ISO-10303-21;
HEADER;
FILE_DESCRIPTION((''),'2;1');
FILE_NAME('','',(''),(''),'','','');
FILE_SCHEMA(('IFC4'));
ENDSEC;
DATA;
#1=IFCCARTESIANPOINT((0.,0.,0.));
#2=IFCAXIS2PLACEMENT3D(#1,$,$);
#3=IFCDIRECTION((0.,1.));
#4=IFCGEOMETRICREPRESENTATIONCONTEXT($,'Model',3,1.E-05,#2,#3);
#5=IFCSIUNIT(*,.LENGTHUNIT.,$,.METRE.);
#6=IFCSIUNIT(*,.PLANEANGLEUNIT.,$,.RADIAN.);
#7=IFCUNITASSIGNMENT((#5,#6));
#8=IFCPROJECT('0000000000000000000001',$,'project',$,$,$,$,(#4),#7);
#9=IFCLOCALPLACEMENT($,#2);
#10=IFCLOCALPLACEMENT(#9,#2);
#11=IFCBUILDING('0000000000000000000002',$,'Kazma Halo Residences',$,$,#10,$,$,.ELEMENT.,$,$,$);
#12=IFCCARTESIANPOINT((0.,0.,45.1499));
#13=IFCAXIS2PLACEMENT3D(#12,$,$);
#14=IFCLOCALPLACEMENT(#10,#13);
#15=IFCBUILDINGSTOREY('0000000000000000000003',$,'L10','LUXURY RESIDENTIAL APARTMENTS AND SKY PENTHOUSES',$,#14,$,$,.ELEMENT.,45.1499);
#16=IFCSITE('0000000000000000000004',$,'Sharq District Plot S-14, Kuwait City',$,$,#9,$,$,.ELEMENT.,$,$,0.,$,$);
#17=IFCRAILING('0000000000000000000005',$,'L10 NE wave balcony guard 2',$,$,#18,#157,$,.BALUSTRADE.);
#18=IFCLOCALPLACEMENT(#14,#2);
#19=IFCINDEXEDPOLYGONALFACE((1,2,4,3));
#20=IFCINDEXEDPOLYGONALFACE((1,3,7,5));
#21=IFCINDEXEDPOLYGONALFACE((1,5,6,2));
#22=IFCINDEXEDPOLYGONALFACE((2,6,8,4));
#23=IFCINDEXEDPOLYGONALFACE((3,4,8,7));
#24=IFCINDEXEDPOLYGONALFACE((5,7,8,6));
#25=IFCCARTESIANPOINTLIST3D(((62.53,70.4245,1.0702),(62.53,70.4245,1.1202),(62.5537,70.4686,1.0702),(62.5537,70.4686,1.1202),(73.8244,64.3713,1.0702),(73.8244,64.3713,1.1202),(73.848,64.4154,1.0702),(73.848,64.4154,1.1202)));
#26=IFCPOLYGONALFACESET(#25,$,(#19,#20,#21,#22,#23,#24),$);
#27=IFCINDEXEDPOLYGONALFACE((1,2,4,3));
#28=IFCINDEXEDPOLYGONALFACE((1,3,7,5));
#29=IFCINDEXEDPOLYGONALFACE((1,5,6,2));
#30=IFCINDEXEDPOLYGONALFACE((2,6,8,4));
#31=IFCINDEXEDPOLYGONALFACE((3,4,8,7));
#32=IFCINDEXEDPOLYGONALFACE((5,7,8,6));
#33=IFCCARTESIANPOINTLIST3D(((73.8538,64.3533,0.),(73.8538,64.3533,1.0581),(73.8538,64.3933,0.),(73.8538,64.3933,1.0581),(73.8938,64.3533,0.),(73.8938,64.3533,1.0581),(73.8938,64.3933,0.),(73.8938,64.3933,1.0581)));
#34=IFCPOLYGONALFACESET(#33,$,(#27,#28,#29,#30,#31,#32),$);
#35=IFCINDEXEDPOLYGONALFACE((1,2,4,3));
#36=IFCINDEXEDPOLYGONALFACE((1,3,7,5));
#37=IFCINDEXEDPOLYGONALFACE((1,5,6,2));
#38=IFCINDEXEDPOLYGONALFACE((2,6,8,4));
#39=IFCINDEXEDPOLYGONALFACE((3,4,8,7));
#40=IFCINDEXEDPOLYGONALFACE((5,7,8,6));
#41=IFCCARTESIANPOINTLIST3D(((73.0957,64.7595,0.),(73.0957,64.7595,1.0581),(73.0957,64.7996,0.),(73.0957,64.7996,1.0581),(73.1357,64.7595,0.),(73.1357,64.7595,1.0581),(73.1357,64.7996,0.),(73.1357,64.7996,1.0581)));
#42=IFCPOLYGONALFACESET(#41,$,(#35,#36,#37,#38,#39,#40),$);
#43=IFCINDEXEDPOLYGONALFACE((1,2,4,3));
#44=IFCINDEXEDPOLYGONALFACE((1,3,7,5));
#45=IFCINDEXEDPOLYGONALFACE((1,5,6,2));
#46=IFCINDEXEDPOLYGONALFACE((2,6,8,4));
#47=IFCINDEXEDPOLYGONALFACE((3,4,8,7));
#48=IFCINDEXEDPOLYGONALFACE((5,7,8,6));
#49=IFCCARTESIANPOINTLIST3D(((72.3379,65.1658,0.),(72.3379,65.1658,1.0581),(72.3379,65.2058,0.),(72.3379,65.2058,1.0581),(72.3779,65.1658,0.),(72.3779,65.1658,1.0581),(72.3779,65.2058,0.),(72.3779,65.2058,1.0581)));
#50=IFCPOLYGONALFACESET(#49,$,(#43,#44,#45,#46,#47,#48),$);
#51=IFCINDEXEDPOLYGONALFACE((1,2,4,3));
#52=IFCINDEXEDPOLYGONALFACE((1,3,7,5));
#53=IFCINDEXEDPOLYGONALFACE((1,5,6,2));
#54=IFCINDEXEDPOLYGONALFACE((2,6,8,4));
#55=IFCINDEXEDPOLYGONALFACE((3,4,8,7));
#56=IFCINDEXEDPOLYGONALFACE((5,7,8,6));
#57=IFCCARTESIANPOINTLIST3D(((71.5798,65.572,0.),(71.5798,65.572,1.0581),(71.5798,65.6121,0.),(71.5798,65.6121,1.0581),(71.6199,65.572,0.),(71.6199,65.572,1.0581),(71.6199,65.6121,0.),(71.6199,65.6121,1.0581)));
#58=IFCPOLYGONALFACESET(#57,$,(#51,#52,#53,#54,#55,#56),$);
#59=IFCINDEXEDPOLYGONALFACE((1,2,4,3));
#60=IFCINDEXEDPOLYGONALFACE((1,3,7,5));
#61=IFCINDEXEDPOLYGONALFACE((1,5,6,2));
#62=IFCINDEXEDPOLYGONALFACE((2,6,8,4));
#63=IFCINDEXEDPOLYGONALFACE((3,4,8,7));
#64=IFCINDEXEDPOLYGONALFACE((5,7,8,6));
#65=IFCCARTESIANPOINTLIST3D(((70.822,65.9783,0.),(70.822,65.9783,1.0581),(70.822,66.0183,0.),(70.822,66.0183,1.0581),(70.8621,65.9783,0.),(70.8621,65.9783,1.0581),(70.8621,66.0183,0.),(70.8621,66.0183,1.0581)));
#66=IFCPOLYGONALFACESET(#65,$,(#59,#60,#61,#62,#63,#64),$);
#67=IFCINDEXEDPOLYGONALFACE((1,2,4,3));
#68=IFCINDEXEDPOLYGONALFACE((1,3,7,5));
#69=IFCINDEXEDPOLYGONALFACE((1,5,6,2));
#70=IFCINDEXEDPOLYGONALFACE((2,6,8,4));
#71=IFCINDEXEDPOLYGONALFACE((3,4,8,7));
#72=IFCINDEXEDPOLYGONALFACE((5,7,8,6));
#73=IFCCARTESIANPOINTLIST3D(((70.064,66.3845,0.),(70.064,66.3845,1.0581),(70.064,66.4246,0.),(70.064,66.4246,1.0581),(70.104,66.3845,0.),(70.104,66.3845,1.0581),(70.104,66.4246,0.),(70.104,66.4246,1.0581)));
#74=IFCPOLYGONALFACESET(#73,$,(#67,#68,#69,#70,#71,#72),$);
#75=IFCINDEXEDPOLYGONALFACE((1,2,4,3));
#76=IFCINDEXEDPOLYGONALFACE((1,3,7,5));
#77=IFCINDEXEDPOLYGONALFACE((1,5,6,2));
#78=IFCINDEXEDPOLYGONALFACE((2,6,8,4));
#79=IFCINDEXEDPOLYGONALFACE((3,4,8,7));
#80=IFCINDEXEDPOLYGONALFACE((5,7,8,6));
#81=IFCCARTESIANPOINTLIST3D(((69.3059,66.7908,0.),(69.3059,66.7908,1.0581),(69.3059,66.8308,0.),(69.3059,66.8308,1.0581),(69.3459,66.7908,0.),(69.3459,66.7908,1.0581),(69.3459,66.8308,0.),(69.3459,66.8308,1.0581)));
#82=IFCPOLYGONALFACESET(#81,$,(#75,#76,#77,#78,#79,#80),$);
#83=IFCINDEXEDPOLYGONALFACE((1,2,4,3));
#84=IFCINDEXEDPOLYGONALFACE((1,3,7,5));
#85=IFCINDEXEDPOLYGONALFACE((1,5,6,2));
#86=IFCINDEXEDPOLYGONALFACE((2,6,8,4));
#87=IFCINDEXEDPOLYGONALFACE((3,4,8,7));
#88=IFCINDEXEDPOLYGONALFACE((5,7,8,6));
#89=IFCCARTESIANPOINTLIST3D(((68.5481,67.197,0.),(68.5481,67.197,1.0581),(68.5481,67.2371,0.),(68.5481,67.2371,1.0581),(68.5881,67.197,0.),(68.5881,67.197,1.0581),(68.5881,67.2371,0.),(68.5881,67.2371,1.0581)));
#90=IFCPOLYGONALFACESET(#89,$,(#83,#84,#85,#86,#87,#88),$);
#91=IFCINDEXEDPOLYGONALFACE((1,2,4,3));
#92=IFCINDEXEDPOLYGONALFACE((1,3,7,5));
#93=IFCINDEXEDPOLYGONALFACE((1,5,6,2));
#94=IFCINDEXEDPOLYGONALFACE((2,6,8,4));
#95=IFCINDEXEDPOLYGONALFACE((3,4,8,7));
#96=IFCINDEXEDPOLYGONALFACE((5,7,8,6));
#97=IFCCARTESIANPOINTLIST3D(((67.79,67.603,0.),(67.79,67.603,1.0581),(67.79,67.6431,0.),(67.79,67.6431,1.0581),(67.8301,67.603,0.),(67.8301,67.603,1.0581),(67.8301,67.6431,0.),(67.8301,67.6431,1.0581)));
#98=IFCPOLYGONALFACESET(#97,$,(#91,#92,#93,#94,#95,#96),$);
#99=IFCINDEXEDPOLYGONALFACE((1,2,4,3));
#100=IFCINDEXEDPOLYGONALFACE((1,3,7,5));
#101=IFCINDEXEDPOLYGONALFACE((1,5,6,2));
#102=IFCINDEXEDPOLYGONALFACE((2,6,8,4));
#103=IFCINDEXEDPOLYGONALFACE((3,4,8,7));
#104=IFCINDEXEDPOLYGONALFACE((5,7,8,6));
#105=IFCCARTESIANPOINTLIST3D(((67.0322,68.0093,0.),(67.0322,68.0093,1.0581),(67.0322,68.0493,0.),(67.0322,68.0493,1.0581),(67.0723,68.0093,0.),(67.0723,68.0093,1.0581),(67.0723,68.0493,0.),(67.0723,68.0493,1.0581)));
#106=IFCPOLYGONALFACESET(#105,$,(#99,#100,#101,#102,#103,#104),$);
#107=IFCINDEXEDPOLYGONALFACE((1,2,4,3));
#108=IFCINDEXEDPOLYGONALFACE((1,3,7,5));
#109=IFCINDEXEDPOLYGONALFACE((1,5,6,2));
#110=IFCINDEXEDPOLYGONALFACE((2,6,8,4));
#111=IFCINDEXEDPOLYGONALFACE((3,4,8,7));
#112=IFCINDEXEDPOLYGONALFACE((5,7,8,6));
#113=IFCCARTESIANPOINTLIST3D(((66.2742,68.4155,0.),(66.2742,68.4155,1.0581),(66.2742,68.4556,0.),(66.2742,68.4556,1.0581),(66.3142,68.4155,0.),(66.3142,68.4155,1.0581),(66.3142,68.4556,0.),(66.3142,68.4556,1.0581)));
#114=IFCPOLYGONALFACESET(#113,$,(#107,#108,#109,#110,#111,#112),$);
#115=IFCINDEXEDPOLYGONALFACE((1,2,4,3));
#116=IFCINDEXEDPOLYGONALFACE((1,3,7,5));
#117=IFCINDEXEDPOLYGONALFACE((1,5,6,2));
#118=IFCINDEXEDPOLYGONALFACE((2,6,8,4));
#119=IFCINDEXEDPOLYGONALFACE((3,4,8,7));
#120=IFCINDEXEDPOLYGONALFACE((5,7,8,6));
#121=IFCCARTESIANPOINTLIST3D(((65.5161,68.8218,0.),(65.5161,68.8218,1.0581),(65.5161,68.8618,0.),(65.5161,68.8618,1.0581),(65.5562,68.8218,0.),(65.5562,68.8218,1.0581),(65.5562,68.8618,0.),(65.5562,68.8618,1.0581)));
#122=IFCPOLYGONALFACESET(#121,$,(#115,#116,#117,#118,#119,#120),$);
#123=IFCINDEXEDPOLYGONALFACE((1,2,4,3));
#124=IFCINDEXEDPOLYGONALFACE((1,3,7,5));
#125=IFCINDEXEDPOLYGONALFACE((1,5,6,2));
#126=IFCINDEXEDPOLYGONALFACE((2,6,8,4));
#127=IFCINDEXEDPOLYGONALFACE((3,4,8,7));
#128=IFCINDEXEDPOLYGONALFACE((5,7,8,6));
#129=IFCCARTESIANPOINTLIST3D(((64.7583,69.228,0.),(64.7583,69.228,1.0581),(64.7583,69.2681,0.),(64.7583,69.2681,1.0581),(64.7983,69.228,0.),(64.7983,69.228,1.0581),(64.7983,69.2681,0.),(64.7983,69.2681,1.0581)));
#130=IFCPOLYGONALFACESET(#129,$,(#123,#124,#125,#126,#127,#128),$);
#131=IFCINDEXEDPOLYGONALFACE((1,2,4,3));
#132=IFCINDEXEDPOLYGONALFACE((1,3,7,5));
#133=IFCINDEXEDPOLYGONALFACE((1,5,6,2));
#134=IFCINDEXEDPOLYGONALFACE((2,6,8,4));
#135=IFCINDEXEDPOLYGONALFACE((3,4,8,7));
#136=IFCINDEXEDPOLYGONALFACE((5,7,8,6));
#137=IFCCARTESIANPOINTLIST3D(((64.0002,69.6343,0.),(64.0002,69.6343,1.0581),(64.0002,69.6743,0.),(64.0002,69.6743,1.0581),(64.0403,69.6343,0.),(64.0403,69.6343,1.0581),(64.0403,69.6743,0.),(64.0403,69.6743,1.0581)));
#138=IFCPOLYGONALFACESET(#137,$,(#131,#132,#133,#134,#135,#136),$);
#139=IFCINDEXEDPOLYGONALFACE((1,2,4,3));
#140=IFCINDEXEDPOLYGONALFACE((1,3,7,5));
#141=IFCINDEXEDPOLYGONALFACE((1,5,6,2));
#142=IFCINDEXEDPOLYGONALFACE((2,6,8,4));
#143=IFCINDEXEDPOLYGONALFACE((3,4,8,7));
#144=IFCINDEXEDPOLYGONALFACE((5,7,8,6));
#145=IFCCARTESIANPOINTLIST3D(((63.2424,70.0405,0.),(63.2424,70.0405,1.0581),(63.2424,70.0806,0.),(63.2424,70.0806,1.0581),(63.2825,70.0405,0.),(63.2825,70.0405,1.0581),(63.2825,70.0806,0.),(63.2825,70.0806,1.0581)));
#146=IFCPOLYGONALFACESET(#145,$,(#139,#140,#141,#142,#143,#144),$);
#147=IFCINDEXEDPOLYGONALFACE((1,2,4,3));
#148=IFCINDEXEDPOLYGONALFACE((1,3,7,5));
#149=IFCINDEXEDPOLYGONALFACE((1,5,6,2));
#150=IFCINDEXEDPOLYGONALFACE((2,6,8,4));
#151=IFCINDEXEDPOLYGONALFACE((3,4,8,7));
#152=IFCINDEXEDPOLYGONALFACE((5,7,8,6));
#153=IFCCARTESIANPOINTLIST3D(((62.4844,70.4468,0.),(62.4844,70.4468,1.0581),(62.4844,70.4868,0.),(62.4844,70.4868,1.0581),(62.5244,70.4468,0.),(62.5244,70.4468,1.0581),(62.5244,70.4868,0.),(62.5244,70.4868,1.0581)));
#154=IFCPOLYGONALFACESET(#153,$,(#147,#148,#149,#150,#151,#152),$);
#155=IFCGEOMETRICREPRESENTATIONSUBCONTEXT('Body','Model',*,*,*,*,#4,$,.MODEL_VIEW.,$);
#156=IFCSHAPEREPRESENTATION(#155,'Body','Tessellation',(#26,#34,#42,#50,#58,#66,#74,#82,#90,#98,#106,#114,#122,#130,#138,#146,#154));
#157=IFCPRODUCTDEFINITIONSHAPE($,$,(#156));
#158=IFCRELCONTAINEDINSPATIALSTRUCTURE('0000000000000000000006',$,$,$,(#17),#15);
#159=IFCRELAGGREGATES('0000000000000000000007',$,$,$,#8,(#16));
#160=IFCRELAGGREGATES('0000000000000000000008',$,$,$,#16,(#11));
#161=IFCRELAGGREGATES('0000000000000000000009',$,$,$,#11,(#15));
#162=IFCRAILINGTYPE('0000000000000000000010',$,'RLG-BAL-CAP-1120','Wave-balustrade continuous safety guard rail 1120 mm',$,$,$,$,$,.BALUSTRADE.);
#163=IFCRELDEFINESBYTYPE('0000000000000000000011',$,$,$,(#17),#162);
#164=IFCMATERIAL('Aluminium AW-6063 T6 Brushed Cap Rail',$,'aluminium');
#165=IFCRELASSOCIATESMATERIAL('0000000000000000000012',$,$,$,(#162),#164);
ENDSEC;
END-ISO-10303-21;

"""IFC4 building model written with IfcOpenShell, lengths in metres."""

from ifc_helpers import new_model, si_unit, direction, frame, origin, origin_2d, place, context, subcontext, project, spatial, rectangle, extrude, material, type_object, element, save


model = new_model("IFC4")

# Units and contexts
model_context = context("Model", 3, precision=1e-05, world=origin(), true_north=direction((0.0, 1.0)))
body_context = subcontext(model_context, "Body", "Model", "MODEL_VIEW")
ifc_project = project(units=[si_unit("LENGTHUNIT", "METRE"), si_unit("PLANEANGLEUNIT", "RADIAN")], contexts=[model_context])

# Site, building, storey
site_placement = place(None, origin())
site = spatial("IfcSite", under=ifc_project, at=site_placement, Name="Sharq District Plot S-14, Kuwait City", CompositionType="ELEMENT", RefElevation=0.0)
building_placement = place(site_placement, origin())
building = spatial("IfcBuilding", under=site, at=building_placement, Name="Kazma Halo Residences", CompositionType="ELEMENT")
storey_placement = place(building_placement, frame((0.0, 0.0, 45.1499)))
storey = spatial("IfcBuildingStorey", under=building, at=storey_placement, Name="L10", Description="LUXURY RESIDENTIAL APARTMENTS AND SKY PENTHOUSES", CompositionType="ELEMENT", Elevation=45.1499)

# Railing
ifc_material_1 = material(Name="Aluminium AW-6063 T6 Brushed Cap Rail", Category="aluminium")
railing_type = type_object("IfcRailingType", Name="RLG-BAL-CAP-1120", Description="Wave-balustrade continuous safety guard rail 1120 mm", PredefinedType="BALUSTRADE", material=ifc_material_1)
railing_1_placement = place(storey_placement, frame((73.8738, 64.3733, 0.0)))
element("IfcRailing", 1, at=railing_1_placement, inside=storey, type_object=railing_type, Name="L10 NE wave balcony guard 2", PredefinedType="BALUSTRADE", context=body_context, shape_type="SweptSolid", body=[
    extrude(rectangle(XDim=0.05, YDim=0.05, at=origin_2d()), frame((-0.0376, 0.02, 1.0952), z_axis=(-0.881391, 0.472388, 0.0), x_axis=(-0.472388, -0.881391, 0.0)), (0.0, 0.0, 1.0), 12.8142),
    extrude(rectangle(XDim=0.04, YDim=0.04, at=origin_2d()), origin(), (0.0, 0.0, 1.0), 1.0581),
    extrude(rectangle(XDim=0.04, YDim=0.04, at=origin_2d()), frame((-0.7581, 0.4062, 0.0)), (0.0, 0.0, 1.0), 1.0581),
    extrude(rectangle(XDim=0.04, YDim=0.04, at=origin_2d()), frame((-1.5159, 0.8125, 0.0)), (0.0, 0.0, 1.0), 1.0581),
    extrude(rectangle(XDim=0.04, YDim=0.04, at=origin_2d()), frame((-2.2739, 1.2188, 0.0)), (0.0, 0.0, 1.0), 1.0581),
    extrude(rectangle(XDim=0.04, YDim=0.04, at=origin_2d()), frame((-3.0317, 1.625, 0.0)), (0.0, 0.0, 1.0), 1.0581),
    extrude(rectangle(XDim=0.04, YDim=0.04, at=origin_2d()), frame((-3.7898, 2.0312, 0.0)), (0.0, 0.0, 1.0), 1.0581),
    extrude(rectangle(XDim=0.04, YDim=0.04, at=origin_2d()), frame((-4.5479, 2.4375, 0.0)), (0.0, 0.0, 1.0), 1.0581),
    extrude(rectangle(XDim=0.04, YDim=0.04, at=origin_2d()), frame((-5.3057, 2.8438, 0.0)), (0.0, 0.0, 1.0), 1.0581),
    extrude(rectangle(XDim=0.04, YDim=0.04, at=origin_2d()), frame((-6.0637, 3.2498, 0.0)), (0.0, 0.0, 1.0), 1.0581),
    extrude(rectangle(XDim=0.04, YDim=0.04, at=origin_2d()), frame((-6.8215, 3.656, 0.0)), (0.0, 0.0, 1.0), 1.0581),
    extrude(rectangle(XDim=0.04, YDim=0.04, at=origin_2d()), frame((-7.5796, 4.0623, 0.0)), (0.0, 0.0, 1.0), 1.0581),
    extrude(rectangle(XDim=0.04, YDim=0.04, at=origin_2d()), frame((-8.3376, 4.4685, 0.0)), (0.0, 0.0, 1.0), 1.0581),
    extrude(rectangle(XDim=0.04, YDim=0.04, at=origin_2d()), frame((-9.0955, 4.8748, 0.0)), (0.0, 0.0, 1.0), 1.0581),
    extrude(rectangle(XDim=0.04, YDim=0.04, at=origin_2d()), frame((-9.8535, 5.281, 0.0)), (0.0, 0.0, 1.0), 1.0581),
    extrude(rectangle(XDim=0.04, YDim=0.04, at=origin_2d()), frame((-10.6113, 5.6873, 0.0)), (0.0, 0.0, 1.0), 1.0581),
    extrude(rectangle(XDim=0.04, YDim=0.04, at=origin_2d()), frame((-11.3694, 6.0935, 0.0)), (0.0, 0.0, 1.0), 1.0581),
])

save(model, "model.ifc")
